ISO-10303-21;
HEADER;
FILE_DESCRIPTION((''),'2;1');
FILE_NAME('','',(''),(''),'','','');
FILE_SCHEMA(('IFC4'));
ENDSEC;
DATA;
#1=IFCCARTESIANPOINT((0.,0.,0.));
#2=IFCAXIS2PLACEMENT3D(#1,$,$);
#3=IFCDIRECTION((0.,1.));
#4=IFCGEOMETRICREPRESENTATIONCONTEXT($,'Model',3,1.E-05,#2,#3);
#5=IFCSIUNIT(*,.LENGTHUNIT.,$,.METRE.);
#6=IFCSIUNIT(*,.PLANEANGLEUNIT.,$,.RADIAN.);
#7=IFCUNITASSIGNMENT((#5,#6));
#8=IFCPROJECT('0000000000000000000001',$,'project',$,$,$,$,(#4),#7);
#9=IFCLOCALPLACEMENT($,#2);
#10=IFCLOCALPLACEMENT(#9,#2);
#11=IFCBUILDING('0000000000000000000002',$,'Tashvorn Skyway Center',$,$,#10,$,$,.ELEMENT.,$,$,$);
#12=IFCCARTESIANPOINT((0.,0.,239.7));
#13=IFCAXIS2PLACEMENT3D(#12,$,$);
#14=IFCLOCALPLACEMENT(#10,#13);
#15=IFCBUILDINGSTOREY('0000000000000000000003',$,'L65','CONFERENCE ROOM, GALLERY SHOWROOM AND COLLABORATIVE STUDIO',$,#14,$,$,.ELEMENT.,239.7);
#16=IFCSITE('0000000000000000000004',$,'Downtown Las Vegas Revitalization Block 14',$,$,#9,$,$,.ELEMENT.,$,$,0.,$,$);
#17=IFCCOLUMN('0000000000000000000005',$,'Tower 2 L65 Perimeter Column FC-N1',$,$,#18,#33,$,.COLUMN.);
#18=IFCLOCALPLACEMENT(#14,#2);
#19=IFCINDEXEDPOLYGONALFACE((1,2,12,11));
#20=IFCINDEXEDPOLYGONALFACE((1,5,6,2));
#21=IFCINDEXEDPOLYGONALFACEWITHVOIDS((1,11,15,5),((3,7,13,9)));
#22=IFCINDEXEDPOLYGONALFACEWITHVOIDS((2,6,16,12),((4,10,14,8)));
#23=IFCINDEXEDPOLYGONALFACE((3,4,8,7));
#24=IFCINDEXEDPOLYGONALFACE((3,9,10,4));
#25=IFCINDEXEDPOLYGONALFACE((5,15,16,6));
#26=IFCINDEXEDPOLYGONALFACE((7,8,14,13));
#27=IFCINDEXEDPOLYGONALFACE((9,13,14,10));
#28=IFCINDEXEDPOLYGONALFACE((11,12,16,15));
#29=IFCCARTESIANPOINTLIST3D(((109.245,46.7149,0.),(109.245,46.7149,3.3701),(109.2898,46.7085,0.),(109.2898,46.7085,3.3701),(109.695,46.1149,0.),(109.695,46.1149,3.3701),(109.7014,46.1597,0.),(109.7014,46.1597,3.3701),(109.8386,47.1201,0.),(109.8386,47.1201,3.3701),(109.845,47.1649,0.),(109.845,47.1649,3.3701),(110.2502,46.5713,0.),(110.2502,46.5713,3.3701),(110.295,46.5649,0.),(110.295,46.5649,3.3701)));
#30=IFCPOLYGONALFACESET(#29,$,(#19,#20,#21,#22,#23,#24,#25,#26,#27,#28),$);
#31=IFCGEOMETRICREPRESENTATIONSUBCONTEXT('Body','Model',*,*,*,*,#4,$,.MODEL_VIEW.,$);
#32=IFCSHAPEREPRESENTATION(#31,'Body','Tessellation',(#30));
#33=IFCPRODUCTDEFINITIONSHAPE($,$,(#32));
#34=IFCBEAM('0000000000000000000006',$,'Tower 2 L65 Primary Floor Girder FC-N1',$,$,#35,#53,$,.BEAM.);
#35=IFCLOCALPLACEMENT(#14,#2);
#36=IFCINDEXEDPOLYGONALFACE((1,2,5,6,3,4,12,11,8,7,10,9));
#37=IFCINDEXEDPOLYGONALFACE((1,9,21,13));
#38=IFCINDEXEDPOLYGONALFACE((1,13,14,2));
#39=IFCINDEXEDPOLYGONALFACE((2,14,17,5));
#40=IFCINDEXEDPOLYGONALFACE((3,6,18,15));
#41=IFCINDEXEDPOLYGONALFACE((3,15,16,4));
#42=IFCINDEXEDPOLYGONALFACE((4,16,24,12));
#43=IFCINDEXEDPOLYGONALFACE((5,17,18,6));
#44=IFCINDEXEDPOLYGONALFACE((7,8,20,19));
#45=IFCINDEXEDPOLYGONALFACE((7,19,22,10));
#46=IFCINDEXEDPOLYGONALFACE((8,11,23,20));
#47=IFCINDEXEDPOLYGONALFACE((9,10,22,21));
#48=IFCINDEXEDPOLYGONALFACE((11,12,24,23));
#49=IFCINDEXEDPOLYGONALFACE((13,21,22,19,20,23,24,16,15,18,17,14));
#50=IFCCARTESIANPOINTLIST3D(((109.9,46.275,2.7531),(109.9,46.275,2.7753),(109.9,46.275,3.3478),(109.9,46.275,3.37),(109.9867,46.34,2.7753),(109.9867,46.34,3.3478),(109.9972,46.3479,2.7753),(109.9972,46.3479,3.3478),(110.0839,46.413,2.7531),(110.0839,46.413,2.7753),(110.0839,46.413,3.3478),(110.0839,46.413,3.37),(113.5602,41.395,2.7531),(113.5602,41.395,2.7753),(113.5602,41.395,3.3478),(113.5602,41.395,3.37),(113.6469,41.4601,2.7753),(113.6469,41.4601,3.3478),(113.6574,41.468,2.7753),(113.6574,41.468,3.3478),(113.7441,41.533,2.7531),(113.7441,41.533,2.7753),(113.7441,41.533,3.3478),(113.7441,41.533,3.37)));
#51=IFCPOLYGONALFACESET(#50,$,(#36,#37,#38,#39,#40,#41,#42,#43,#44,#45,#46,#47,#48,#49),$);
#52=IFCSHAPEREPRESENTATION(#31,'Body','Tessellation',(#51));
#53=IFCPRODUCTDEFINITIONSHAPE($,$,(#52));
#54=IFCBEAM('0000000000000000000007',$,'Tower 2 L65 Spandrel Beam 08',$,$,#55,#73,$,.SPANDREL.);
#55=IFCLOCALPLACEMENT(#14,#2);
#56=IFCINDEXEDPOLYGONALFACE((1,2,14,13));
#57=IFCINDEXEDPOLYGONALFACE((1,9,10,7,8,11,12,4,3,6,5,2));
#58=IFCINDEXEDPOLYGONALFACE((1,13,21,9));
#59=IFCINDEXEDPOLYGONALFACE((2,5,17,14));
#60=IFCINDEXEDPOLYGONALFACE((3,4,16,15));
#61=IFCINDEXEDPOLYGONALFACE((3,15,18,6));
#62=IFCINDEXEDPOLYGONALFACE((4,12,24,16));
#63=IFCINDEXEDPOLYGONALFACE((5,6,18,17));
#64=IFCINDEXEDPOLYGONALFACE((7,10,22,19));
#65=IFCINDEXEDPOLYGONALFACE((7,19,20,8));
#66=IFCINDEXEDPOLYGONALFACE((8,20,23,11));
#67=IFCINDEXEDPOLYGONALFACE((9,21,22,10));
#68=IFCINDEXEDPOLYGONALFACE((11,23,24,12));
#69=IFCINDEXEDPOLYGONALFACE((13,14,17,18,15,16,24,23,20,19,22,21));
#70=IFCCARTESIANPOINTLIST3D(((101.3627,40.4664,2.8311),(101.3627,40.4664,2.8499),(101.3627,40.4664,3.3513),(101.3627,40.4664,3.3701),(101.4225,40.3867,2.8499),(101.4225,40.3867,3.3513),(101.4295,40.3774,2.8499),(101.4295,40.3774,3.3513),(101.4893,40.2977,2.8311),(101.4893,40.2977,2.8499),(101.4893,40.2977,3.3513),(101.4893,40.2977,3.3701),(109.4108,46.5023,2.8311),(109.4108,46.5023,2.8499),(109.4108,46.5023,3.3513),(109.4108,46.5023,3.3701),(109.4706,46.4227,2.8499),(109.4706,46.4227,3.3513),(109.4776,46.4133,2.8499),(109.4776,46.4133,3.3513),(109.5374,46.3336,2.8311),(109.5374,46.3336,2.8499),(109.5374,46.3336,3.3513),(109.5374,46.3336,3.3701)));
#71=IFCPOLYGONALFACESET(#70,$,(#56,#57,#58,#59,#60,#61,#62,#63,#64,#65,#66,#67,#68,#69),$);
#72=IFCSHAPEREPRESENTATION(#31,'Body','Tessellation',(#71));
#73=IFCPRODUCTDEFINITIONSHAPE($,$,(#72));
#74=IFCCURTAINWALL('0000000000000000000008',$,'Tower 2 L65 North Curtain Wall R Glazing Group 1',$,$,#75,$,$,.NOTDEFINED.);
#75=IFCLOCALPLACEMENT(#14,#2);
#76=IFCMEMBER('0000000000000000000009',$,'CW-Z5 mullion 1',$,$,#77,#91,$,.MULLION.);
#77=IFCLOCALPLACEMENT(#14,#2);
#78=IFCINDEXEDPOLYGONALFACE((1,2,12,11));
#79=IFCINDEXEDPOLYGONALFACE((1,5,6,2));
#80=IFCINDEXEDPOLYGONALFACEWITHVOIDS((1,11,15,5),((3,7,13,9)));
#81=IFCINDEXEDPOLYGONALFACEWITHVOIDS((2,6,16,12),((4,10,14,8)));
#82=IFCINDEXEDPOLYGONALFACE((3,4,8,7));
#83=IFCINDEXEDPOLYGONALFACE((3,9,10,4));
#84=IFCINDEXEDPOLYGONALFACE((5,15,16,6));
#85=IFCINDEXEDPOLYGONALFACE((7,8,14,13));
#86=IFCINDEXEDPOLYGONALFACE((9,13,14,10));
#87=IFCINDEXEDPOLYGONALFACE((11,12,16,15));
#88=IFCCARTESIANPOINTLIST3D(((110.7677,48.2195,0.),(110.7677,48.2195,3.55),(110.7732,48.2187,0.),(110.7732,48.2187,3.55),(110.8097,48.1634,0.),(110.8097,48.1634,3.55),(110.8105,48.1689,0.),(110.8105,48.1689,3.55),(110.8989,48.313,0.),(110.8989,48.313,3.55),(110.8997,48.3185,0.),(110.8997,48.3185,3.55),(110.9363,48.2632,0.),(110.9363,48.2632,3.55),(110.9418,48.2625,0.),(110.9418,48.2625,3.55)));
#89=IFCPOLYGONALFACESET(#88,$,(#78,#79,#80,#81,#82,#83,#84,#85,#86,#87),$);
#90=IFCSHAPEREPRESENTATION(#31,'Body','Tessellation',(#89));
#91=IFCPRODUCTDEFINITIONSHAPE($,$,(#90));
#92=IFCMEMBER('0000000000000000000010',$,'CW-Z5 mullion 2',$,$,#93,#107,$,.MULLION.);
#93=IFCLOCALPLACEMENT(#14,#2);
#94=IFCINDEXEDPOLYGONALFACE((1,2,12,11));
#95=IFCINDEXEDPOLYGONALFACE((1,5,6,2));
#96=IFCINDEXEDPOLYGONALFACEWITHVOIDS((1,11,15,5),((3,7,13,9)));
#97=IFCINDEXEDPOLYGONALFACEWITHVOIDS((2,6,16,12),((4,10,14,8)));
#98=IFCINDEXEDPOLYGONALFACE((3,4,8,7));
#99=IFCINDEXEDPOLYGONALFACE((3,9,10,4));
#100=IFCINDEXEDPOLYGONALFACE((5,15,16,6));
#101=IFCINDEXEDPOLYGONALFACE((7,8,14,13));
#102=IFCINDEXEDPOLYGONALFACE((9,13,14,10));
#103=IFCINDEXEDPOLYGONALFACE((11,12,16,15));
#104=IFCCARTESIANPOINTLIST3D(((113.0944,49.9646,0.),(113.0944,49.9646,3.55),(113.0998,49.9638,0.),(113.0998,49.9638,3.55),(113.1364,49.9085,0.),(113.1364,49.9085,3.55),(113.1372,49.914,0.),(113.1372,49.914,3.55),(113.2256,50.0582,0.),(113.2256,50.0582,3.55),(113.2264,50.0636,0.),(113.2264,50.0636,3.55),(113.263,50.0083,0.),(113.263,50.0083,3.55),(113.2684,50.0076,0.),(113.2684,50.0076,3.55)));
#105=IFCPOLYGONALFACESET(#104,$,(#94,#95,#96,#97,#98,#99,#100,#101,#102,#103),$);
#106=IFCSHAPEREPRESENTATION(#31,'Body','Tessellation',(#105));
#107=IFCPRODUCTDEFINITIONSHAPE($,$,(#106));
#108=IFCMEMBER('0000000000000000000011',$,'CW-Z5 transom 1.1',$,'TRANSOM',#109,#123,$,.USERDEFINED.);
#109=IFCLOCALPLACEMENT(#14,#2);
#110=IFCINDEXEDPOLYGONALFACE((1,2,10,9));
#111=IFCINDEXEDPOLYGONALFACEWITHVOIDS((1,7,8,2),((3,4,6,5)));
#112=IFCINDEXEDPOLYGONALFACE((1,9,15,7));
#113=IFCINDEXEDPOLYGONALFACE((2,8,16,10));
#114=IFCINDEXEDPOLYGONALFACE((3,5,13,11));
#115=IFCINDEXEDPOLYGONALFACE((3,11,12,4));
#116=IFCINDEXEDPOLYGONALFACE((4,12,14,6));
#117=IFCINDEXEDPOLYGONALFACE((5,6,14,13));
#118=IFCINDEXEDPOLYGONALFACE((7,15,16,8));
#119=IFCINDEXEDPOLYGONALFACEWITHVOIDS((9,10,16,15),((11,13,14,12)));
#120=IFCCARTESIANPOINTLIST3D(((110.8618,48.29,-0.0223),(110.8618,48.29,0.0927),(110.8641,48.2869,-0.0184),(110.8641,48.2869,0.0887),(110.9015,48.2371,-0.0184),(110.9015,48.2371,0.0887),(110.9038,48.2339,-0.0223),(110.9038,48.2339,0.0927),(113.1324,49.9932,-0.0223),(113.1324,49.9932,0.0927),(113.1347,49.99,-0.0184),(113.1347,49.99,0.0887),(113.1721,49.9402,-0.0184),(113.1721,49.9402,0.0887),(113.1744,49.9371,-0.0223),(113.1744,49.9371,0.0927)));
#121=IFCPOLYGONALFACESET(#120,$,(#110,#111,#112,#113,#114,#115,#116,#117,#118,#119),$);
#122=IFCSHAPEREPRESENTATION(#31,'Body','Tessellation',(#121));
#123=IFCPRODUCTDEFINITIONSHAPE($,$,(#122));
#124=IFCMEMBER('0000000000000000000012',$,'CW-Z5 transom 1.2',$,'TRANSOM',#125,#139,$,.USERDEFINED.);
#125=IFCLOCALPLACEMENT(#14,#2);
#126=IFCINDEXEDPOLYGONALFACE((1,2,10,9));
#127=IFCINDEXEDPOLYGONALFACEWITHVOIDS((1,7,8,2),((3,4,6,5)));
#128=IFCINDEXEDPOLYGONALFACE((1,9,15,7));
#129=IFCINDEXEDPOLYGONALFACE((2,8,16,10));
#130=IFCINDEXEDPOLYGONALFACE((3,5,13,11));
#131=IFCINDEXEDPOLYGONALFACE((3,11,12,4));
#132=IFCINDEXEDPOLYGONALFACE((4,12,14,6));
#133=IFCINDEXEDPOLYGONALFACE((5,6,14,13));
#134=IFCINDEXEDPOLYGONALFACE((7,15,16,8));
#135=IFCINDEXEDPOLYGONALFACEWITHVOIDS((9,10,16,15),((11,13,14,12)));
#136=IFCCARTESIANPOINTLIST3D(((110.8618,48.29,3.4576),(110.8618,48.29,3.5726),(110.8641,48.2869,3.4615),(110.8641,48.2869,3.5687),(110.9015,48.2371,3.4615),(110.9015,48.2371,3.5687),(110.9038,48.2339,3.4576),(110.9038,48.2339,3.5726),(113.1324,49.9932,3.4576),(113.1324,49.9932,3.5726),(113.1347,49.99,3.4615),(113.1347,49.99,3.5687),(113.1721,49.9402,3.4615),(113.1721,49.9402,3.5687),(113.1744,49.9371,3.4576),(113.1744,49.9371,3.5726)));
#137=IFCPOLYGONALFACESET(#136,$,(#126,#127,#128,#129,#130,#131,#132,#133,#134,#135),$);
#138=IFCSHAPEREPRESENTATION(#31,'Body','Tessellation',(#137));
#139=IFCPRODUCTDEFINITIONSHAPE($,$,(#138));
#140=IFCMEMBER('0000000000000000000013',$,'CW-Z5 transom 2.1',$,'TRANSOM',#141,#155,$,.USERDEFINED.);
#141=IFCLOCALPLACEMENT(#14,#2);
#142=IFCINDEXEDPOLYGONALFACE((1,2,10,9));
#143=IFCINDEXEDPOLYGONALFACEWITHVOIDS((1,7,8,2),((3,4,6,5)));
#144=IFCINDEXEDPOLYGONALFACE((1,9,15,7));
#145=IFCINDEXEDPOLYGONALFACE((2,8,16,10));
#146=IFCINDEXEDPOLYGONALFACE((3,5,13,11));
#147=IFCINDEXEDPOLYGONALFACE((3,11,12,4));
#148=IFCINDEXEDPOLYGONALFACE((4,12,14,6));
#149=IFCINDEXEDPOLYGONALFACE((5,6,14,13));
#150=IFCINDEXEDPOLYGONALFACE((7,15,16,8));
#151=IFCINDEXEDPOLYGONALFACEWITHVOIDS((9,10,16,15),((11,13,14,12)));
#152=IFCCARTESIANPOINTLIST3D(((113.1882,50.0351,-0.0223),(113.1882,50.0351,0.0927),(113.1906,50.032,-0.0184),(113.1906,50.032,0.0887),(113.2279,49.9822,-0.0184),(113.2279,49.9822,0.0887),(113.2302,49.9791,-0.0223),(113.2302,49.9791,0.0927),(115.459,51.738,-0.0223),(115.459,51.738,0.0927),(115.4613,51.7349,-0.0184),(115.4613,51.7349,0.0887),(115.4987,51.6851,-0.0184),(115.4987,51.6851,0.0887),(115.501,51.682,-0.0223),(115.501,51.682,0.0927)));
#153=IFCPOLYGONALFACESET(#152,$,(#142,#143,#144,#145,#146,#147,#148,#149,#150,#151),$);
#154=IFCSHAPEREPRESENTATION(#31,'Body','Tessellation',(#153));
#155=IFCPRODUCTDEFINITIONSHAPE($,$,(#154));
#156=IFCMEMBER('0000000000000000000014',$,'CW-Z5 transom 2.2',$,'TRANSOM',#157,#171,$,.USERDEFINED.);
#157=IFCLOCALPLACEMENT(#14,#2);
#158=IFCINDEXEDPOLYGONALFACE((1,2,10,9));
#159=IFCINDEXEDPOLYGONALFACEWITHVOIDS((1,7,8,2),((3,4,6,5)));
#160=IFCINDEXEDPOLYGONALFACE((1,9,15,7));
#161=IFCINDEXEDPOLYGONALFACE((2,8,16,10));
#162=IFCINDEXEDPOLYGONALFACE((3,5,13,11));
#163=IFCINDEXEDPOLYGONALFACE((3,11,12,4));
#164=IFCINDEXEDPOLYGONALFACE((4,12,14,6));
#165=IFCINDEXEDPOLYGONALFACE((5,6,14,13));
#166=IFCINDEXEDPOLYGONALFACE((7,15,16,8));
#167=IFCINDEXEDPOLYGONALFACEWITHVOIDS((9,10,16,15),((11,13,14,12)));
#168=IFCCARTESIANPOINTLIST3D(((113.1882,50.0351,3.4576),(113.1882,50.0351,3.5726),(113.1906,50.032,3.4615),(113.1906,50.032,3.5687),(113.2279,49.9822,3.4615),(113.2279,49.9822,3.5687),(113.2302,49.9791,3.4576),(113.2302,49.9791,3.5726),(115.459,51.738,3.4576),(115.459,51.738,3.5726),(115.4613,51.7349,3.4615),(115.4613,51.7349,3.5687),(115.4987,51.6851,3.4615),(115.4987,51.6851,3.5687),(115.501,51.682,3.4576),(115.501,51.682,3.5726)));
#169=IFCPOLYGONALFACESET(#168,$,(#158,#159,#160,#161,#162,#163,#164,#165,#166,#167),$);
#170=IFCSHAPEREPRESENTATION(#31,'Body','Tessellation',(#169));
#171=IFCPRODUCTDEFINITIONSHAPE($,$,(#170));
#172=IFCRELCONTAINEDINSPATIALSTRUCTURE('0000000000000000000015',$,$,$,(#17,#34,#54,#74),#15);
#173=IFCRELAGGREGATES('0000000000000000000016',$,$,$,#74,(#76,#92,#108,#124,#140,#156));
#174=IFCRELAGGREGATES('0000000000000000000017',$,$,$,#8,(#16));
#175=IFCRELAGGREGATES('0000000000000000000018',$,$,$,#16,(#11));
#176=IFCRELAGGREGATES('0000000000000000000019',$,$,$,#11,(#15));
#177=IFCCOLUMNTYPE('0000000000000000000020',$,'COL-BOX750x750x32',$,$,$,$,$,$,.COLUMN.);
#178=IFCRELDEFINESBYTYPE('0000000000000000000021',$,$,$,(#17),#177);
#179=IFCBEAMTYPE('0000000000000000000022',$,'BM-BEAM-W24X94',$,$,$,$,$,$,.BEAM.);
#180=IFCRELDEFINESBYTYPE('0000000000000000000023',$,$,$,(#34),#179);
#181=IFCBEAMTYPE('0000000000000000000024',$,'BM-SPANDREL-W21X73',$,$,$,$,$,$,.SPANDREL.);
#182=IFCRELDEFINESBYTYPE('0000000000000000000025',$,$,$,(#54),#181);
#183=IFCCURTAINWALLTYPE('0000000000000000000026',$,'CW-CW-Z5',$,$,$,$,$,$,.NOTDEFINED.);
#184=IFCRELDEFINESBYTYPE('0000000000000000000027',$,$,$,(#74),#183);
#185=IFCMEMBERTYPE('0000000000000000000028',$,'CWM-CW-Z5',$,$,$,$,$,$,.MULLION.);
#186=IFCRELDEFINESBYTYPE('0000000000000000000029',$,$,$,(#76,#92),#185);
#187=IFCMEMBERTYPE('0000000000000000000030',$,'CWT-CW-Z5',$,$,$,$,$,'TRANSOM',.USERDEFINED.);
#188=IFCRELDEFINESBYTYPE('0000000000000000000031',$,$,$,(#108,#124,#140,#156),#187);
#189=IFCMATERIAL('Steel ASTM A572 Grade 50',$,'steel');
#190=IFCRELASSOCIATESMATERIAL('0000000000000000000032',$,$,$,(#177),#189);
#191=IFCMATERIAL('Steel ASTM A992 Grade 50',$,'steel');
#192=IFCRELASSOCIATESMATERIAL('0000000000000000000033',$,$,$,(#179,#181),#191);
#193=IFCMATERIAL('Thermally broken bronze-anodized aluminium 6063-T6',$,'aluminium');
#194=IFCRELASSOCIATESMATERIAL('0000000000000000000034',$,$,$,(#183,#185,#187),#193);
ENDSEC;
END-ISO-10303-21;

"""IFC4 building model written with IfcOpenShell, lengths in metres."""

from ifc_helpers import new_model, si_unit, direction, frame, origin, origin_2d, place, context, subcontext, project, spatial, hollow_rectangle, i_section, extrude, material, material_profile, profile_set, type_object, element, aggregate, save


model = new_model("IFC4")

# Units and contexts
model_context = context("Model", 3, precision=1e-05, world=origin(), true_north=direction((0.0, 1.0)))
body_context = subcontext(model_context, "Body", "Model", "MODEL_VIEW")
ifc_project = project(units=[si_unit("LENGTHUNIT", "METRE"), si_unit("PLANEANGLEUNIT", "RADIAN")], contexts=[model_context])

# Site, building, storey
site_placement = place(None, origin())
site = spatial("IfcSite", under=ifc_project, at=site_placement, Name="Downtown Las Vegas Revitalization Block 14", CompositionType="ELEMENT", RefElevation=0.0)
building_placement = place(site_placement, origin())
building = spatial("IfcBuilding", under=site, at=building_placement, Name="Tashvorn Skyway Center", CompositionType="ELEMENT")
storey_placement = place(building_placement, frame((0.0, 0.0, 239.7)))
storey = spatial("IfcBuildingStorey", under=building, at=storey_placement, Name="L65", Description="CONFERENCE ROOM, GALLERY SHOWROOM AND COLLABORATIVE STUDIO", CompositionType="ELEMENT", Elevation=239.7)

# Column
ifc_material_1 = material(Name="Steel ASTM A572 Grade 50", Category="steel")
ifc_material_profile_1 = material_profile(ifc_material_1, hollow_rectangle(XDim=0.75, YDim=0.75, WallThickness=0.032, at=origin_2d()), Name="BOX750x750x32")
ifc_profile_set_1 = profile_set([ifc_material_profile_1], Name="Steel ASTM A572 Grade 50")
column_type = type_object("IfcColumnType", Name="COL-BOX750x750x32", PredefinedType="COLUMN", material=ifc_profile_set_1)
column_placement = place(storey_placement, frame((109.77, 46.6399, 0.0), z_axis=(0.0, 0.0, 1.0), x_axis=(0.8, 0.6, 0.0)))
element("IfcColumn", 1, at=column_placement, inside=storey, type_object=column_type, Name="Tower 2 L65 Perimeter Column FC-N1", PredefinedType="COLUMN", context=body_context, shape_type="SweptSolid", body=[
    extrude(hollow_rectangle(XDim=0.75, YDim=0.75, WallThickness=0.032, at=origin_2d()), origin(), (0.0, 0.0, 1.0), 3.3701),
])

# Beams
ifc_material_2 = material(Name="Steel ASTM A992 Grade 50", Category="steel")
ifc_material_profile_2 = material_profile(ifc_material_2, i_section(OverallWidth=0.23, OverallDepth=0.6169, WebThickness=0.0132, FlangeThickness=0.0222, at=origin_2d()), Name="W24X94")
ifc_profile_set_2 = profile_set([ifc_material_profile_2], Name="Steel ASTM A992 Grade 50")
beam_type_1 = type_object("IfcBeamType", Name="BM-BEAM-W24X94", PredefinedType="BEAM", material=ifc_profile_set_2)
beam_1_placement = place(storey_placement, frame((109.9919, 46.344, 3.0615), z_axis=(0.600026, -0.799981, 0.0), x_axis=(0.799981, 0.600026, 0.0)))
element("IfcBeam", 2, at=beam_1_placement, inside=storey, type_object=beam_type_1, Name="Tower 2 L65 Primary Floor Girder FC-N1", PredefinedType="BEAM", context=body_context, shape_type="SweptSolid", body=[
    extrude(i_section(OverallWidth=0.23, OverallDepth=0.6169, WebThickness=0.0132, FlangeThickness=0.0222, at=origin_2d()), origin(), (0.0, 0.0, 1.0), 6.1001),
])
ifc_material_profile_3 = material_profile(ifc_material_2, i_section(OverallWidth=0.2109, OverallDepth=0.5391, WebThickness=0.0117, FlangeThickness=0.0188, at=origin_2d()), Name="W21X73")
ifc_profile_set_3 = profile_set([ifc_material_profile_3], Name="Steel ASTM A992 Grade 50")
beam_type_2 = type_object("IfcBeamType", Name="BM-SPANDREL-W21X73", PredefinedType="SPANDREL", material=ifc_profile_set_3)
beam_2_placement = place(storey_placement, frame((109.4741, 46.418, 3.1006), z_axis=(-0.800009, -0.599988, 0.0), x_axis=(0.599988, -0.800009, 0.0)))
element("IfcBeam", 3, at=beam_2_placement, inside=storey, type_object=beam_type_2, Name="Tower 2 L65 Spandrel Beam 08", PredefinedType="SPANDREL", context=body_context, shape_type="SweptSolid", body=[
    extrude(i_section(OverallWidth=0.2109, OverallDepth=0.5391, WebThickness=0.0117, FlangeThickness=0.0188, at=origin_2d()), origin(), (0.0, 0.0, 1.0), 10.0601),
])

# Curtain wall, members
ifc_material_3 = material(Name="Thermally broken bronze-anodized aluminium 6063-T6", Category="aluminium")
curtain_wall_type = type_object("IfcCurtainWallType", Name="CW-CW-Z5", PredefinedType="NOTDEFINED", material=ifc_material_3)
curtain_wall_placement = place(storey_placement, origin())
curtain_wall = element("IfcCurtainWall", 4, at=curtain_wall_placement, inside=storey, type_object=curtain_wall_type, Name="Tower 2 L65 North Curtain Wall R Glazing Group 1", PredefinedType="NOTDEFINED")
ifc_material_profile_4 = material_profile(ifc_material_3, hollow_rectangle(XDim=0.0701, YDim=0.165, WallThickness=0.0039, at=origin_2d()), Name="ALU-MULL-70x165")
ifc_profile_set_4 = profile_set([ifc_material_profile_4], Name="Thermally broken bronze-anodized aluminium 6063-T6")
member_type_1 = type_object("IfcMemberType", Name="CWM-CW-Z5", PredefinedType="MULLION", material=ifc_profile_set_4)
member_1_placement = place(storey_placement, frame((110.8547, 48.241, 0.0), z_axis=(0.0, 0.0, 1.0), x_axis=(-0.600003, 0.799998, 0.0)))
member_1 = element("IfcMember", 5, at=member_1_placement, type_object=member_type_1, Name="CW-Z5 mullion 1", PredefinedType="MULLION", context=body_context, shape_type="SweptSolid", body=[
    extrude(hollow_rectangle(XDim=0.0701, YDim=0.165, WallThickness=0.0039, at=origin_2d()), origin(), (0.0, 0.0, 1.0), 3.55),
])
member_2_placement = place(storey_placement, frame((113.1814, 49.9861, 0.0), z_axis=(0.0, 0.0, 1.0), x_axis=(-0.600003, 0.799998, 0.0)))
member_2 = element("IfcMember", 6, at=member_2_placement, type_object=member_type_1, Name="CW-Z5 mullion 2", PredefinedType="MULLION", context=body_context, shape_type="SweptSolid", body=[
    extrude(hollow_rectangle(XDim=0.0701, YDim=0.165, WallThickness=0.0039, at=origin_2d()), origin(), (0.0, 0.0, 1.0), 3.55),
])
ifc_material_profile_5 = material_profile(ifc_material_3, hollow_rectangle(XDim=0.0701, YDim=0.115, WallThickness=0.0039, at=origin_2d()), Name="ALU-TRAN-70x115")
ifc_profile_set_5 = profile_set([ifc_material_profile_5], Name="Thermally broken bronze-anodized aluminium 6063-T6")
member_type_2 = type_object("IfcMemberType", Name="CWT-CW-Z5", ElementType="TRANSOM", PredefinedType="USERDEFINED", material=ifc_profile_set_5)
member_3_placement = place(storey_placement, frame((110.8828, 48.262, 0.0352), z_axis=(0.799959, 0.600055, 0.0), x_axis=(-0.600055, 0.799959, 0.0)))
member_3 = element("IfcMember", 7, at=member_3_placement, type_object=member_type_2, Name="CW-Z5 transom 1.1", ObjectType="TRANSOM", PredefinedType="USERDEFINED", context=body_context, shape_type="SweptSolid", body=[
    extrude(hollow_rectangle(XDim=0.0701, YDim=0.115, WallThickness=0.0039, at=origin_2d()), origin(), (0.0, 0.0, 1.0), 2.8384),
])
member_4_placement = place(storey_placement, frame((110.8828, 48.262, 3.5151), z_axis=(0.799959, 0.600055, 0.0), x_axis=(-0.600055, 0.799959, 0.0)))
member_4 = element("IfcMember", 8, at=member_4_placement, type_object=member_type_2, Name="CW-Z5 transom 1.2", ObjectType="TRANSOM", PredefinedType="USERDEFINED", context=body_context, shape_type="SweptSolid", body=[
    extrude(hollow_rectangle(XDim=0.0701, YDim=0.115, WallThickness=0.0039, at=origin_2d()), origin(), (0.0, 0.0, 1.0), 2.8384),
])
member_5_placement = place(storey_placement, frame((113.2092, 50.0071, 0.0352), z_axis=(0.800031, 0.599959, 0.0), x_axis=(-0.599959, 0.800031, 0.0)))
member_5 = element("IfcMember", 9, at=member_5_placement, type_object=member_type_2, Name="CW-Z5 transom 2.1", ObjectType="TRANSOM", PredefinedType="USERDEFINED", context=body_context, shape_type="SweptSolid", body=[
    extrude(hollow_rectangle(XDim=0.0701, YDim=0.115, WallThickness=0.0039, at=origin_2d()), origin(), (0.0, 0.0, 1.0), 2.8384),
])
member_6_placement = place(storey_placement, frame((113.2092, 50.0071, 3.5151), z_axis=(0.800031, 0.599959, 0.0), x_axis=(-0.599959, 0.800031, 0.0)))
member_6 = element("IfcMember", 10, at=member_6_placement, type_object=member_type_2, Name="CW-Z5 transom 2.2", ObjectType="TRANSOM", PredefinedType="USERDEFINED", context=body_context, shape_type="SweptSolid", body=[
    extrude(hollow_rectangle(XDim=0.0701, YDim=0.115, WallThickness=0.0039, at=origin_2d()), origin(), (0.0, 0.0, 1.0), 2.8384),
])

aggregate(curtain_wall, [member_1, member_2, member_3, member_4, member_5, member_6])

save(model, "model.ifc")
